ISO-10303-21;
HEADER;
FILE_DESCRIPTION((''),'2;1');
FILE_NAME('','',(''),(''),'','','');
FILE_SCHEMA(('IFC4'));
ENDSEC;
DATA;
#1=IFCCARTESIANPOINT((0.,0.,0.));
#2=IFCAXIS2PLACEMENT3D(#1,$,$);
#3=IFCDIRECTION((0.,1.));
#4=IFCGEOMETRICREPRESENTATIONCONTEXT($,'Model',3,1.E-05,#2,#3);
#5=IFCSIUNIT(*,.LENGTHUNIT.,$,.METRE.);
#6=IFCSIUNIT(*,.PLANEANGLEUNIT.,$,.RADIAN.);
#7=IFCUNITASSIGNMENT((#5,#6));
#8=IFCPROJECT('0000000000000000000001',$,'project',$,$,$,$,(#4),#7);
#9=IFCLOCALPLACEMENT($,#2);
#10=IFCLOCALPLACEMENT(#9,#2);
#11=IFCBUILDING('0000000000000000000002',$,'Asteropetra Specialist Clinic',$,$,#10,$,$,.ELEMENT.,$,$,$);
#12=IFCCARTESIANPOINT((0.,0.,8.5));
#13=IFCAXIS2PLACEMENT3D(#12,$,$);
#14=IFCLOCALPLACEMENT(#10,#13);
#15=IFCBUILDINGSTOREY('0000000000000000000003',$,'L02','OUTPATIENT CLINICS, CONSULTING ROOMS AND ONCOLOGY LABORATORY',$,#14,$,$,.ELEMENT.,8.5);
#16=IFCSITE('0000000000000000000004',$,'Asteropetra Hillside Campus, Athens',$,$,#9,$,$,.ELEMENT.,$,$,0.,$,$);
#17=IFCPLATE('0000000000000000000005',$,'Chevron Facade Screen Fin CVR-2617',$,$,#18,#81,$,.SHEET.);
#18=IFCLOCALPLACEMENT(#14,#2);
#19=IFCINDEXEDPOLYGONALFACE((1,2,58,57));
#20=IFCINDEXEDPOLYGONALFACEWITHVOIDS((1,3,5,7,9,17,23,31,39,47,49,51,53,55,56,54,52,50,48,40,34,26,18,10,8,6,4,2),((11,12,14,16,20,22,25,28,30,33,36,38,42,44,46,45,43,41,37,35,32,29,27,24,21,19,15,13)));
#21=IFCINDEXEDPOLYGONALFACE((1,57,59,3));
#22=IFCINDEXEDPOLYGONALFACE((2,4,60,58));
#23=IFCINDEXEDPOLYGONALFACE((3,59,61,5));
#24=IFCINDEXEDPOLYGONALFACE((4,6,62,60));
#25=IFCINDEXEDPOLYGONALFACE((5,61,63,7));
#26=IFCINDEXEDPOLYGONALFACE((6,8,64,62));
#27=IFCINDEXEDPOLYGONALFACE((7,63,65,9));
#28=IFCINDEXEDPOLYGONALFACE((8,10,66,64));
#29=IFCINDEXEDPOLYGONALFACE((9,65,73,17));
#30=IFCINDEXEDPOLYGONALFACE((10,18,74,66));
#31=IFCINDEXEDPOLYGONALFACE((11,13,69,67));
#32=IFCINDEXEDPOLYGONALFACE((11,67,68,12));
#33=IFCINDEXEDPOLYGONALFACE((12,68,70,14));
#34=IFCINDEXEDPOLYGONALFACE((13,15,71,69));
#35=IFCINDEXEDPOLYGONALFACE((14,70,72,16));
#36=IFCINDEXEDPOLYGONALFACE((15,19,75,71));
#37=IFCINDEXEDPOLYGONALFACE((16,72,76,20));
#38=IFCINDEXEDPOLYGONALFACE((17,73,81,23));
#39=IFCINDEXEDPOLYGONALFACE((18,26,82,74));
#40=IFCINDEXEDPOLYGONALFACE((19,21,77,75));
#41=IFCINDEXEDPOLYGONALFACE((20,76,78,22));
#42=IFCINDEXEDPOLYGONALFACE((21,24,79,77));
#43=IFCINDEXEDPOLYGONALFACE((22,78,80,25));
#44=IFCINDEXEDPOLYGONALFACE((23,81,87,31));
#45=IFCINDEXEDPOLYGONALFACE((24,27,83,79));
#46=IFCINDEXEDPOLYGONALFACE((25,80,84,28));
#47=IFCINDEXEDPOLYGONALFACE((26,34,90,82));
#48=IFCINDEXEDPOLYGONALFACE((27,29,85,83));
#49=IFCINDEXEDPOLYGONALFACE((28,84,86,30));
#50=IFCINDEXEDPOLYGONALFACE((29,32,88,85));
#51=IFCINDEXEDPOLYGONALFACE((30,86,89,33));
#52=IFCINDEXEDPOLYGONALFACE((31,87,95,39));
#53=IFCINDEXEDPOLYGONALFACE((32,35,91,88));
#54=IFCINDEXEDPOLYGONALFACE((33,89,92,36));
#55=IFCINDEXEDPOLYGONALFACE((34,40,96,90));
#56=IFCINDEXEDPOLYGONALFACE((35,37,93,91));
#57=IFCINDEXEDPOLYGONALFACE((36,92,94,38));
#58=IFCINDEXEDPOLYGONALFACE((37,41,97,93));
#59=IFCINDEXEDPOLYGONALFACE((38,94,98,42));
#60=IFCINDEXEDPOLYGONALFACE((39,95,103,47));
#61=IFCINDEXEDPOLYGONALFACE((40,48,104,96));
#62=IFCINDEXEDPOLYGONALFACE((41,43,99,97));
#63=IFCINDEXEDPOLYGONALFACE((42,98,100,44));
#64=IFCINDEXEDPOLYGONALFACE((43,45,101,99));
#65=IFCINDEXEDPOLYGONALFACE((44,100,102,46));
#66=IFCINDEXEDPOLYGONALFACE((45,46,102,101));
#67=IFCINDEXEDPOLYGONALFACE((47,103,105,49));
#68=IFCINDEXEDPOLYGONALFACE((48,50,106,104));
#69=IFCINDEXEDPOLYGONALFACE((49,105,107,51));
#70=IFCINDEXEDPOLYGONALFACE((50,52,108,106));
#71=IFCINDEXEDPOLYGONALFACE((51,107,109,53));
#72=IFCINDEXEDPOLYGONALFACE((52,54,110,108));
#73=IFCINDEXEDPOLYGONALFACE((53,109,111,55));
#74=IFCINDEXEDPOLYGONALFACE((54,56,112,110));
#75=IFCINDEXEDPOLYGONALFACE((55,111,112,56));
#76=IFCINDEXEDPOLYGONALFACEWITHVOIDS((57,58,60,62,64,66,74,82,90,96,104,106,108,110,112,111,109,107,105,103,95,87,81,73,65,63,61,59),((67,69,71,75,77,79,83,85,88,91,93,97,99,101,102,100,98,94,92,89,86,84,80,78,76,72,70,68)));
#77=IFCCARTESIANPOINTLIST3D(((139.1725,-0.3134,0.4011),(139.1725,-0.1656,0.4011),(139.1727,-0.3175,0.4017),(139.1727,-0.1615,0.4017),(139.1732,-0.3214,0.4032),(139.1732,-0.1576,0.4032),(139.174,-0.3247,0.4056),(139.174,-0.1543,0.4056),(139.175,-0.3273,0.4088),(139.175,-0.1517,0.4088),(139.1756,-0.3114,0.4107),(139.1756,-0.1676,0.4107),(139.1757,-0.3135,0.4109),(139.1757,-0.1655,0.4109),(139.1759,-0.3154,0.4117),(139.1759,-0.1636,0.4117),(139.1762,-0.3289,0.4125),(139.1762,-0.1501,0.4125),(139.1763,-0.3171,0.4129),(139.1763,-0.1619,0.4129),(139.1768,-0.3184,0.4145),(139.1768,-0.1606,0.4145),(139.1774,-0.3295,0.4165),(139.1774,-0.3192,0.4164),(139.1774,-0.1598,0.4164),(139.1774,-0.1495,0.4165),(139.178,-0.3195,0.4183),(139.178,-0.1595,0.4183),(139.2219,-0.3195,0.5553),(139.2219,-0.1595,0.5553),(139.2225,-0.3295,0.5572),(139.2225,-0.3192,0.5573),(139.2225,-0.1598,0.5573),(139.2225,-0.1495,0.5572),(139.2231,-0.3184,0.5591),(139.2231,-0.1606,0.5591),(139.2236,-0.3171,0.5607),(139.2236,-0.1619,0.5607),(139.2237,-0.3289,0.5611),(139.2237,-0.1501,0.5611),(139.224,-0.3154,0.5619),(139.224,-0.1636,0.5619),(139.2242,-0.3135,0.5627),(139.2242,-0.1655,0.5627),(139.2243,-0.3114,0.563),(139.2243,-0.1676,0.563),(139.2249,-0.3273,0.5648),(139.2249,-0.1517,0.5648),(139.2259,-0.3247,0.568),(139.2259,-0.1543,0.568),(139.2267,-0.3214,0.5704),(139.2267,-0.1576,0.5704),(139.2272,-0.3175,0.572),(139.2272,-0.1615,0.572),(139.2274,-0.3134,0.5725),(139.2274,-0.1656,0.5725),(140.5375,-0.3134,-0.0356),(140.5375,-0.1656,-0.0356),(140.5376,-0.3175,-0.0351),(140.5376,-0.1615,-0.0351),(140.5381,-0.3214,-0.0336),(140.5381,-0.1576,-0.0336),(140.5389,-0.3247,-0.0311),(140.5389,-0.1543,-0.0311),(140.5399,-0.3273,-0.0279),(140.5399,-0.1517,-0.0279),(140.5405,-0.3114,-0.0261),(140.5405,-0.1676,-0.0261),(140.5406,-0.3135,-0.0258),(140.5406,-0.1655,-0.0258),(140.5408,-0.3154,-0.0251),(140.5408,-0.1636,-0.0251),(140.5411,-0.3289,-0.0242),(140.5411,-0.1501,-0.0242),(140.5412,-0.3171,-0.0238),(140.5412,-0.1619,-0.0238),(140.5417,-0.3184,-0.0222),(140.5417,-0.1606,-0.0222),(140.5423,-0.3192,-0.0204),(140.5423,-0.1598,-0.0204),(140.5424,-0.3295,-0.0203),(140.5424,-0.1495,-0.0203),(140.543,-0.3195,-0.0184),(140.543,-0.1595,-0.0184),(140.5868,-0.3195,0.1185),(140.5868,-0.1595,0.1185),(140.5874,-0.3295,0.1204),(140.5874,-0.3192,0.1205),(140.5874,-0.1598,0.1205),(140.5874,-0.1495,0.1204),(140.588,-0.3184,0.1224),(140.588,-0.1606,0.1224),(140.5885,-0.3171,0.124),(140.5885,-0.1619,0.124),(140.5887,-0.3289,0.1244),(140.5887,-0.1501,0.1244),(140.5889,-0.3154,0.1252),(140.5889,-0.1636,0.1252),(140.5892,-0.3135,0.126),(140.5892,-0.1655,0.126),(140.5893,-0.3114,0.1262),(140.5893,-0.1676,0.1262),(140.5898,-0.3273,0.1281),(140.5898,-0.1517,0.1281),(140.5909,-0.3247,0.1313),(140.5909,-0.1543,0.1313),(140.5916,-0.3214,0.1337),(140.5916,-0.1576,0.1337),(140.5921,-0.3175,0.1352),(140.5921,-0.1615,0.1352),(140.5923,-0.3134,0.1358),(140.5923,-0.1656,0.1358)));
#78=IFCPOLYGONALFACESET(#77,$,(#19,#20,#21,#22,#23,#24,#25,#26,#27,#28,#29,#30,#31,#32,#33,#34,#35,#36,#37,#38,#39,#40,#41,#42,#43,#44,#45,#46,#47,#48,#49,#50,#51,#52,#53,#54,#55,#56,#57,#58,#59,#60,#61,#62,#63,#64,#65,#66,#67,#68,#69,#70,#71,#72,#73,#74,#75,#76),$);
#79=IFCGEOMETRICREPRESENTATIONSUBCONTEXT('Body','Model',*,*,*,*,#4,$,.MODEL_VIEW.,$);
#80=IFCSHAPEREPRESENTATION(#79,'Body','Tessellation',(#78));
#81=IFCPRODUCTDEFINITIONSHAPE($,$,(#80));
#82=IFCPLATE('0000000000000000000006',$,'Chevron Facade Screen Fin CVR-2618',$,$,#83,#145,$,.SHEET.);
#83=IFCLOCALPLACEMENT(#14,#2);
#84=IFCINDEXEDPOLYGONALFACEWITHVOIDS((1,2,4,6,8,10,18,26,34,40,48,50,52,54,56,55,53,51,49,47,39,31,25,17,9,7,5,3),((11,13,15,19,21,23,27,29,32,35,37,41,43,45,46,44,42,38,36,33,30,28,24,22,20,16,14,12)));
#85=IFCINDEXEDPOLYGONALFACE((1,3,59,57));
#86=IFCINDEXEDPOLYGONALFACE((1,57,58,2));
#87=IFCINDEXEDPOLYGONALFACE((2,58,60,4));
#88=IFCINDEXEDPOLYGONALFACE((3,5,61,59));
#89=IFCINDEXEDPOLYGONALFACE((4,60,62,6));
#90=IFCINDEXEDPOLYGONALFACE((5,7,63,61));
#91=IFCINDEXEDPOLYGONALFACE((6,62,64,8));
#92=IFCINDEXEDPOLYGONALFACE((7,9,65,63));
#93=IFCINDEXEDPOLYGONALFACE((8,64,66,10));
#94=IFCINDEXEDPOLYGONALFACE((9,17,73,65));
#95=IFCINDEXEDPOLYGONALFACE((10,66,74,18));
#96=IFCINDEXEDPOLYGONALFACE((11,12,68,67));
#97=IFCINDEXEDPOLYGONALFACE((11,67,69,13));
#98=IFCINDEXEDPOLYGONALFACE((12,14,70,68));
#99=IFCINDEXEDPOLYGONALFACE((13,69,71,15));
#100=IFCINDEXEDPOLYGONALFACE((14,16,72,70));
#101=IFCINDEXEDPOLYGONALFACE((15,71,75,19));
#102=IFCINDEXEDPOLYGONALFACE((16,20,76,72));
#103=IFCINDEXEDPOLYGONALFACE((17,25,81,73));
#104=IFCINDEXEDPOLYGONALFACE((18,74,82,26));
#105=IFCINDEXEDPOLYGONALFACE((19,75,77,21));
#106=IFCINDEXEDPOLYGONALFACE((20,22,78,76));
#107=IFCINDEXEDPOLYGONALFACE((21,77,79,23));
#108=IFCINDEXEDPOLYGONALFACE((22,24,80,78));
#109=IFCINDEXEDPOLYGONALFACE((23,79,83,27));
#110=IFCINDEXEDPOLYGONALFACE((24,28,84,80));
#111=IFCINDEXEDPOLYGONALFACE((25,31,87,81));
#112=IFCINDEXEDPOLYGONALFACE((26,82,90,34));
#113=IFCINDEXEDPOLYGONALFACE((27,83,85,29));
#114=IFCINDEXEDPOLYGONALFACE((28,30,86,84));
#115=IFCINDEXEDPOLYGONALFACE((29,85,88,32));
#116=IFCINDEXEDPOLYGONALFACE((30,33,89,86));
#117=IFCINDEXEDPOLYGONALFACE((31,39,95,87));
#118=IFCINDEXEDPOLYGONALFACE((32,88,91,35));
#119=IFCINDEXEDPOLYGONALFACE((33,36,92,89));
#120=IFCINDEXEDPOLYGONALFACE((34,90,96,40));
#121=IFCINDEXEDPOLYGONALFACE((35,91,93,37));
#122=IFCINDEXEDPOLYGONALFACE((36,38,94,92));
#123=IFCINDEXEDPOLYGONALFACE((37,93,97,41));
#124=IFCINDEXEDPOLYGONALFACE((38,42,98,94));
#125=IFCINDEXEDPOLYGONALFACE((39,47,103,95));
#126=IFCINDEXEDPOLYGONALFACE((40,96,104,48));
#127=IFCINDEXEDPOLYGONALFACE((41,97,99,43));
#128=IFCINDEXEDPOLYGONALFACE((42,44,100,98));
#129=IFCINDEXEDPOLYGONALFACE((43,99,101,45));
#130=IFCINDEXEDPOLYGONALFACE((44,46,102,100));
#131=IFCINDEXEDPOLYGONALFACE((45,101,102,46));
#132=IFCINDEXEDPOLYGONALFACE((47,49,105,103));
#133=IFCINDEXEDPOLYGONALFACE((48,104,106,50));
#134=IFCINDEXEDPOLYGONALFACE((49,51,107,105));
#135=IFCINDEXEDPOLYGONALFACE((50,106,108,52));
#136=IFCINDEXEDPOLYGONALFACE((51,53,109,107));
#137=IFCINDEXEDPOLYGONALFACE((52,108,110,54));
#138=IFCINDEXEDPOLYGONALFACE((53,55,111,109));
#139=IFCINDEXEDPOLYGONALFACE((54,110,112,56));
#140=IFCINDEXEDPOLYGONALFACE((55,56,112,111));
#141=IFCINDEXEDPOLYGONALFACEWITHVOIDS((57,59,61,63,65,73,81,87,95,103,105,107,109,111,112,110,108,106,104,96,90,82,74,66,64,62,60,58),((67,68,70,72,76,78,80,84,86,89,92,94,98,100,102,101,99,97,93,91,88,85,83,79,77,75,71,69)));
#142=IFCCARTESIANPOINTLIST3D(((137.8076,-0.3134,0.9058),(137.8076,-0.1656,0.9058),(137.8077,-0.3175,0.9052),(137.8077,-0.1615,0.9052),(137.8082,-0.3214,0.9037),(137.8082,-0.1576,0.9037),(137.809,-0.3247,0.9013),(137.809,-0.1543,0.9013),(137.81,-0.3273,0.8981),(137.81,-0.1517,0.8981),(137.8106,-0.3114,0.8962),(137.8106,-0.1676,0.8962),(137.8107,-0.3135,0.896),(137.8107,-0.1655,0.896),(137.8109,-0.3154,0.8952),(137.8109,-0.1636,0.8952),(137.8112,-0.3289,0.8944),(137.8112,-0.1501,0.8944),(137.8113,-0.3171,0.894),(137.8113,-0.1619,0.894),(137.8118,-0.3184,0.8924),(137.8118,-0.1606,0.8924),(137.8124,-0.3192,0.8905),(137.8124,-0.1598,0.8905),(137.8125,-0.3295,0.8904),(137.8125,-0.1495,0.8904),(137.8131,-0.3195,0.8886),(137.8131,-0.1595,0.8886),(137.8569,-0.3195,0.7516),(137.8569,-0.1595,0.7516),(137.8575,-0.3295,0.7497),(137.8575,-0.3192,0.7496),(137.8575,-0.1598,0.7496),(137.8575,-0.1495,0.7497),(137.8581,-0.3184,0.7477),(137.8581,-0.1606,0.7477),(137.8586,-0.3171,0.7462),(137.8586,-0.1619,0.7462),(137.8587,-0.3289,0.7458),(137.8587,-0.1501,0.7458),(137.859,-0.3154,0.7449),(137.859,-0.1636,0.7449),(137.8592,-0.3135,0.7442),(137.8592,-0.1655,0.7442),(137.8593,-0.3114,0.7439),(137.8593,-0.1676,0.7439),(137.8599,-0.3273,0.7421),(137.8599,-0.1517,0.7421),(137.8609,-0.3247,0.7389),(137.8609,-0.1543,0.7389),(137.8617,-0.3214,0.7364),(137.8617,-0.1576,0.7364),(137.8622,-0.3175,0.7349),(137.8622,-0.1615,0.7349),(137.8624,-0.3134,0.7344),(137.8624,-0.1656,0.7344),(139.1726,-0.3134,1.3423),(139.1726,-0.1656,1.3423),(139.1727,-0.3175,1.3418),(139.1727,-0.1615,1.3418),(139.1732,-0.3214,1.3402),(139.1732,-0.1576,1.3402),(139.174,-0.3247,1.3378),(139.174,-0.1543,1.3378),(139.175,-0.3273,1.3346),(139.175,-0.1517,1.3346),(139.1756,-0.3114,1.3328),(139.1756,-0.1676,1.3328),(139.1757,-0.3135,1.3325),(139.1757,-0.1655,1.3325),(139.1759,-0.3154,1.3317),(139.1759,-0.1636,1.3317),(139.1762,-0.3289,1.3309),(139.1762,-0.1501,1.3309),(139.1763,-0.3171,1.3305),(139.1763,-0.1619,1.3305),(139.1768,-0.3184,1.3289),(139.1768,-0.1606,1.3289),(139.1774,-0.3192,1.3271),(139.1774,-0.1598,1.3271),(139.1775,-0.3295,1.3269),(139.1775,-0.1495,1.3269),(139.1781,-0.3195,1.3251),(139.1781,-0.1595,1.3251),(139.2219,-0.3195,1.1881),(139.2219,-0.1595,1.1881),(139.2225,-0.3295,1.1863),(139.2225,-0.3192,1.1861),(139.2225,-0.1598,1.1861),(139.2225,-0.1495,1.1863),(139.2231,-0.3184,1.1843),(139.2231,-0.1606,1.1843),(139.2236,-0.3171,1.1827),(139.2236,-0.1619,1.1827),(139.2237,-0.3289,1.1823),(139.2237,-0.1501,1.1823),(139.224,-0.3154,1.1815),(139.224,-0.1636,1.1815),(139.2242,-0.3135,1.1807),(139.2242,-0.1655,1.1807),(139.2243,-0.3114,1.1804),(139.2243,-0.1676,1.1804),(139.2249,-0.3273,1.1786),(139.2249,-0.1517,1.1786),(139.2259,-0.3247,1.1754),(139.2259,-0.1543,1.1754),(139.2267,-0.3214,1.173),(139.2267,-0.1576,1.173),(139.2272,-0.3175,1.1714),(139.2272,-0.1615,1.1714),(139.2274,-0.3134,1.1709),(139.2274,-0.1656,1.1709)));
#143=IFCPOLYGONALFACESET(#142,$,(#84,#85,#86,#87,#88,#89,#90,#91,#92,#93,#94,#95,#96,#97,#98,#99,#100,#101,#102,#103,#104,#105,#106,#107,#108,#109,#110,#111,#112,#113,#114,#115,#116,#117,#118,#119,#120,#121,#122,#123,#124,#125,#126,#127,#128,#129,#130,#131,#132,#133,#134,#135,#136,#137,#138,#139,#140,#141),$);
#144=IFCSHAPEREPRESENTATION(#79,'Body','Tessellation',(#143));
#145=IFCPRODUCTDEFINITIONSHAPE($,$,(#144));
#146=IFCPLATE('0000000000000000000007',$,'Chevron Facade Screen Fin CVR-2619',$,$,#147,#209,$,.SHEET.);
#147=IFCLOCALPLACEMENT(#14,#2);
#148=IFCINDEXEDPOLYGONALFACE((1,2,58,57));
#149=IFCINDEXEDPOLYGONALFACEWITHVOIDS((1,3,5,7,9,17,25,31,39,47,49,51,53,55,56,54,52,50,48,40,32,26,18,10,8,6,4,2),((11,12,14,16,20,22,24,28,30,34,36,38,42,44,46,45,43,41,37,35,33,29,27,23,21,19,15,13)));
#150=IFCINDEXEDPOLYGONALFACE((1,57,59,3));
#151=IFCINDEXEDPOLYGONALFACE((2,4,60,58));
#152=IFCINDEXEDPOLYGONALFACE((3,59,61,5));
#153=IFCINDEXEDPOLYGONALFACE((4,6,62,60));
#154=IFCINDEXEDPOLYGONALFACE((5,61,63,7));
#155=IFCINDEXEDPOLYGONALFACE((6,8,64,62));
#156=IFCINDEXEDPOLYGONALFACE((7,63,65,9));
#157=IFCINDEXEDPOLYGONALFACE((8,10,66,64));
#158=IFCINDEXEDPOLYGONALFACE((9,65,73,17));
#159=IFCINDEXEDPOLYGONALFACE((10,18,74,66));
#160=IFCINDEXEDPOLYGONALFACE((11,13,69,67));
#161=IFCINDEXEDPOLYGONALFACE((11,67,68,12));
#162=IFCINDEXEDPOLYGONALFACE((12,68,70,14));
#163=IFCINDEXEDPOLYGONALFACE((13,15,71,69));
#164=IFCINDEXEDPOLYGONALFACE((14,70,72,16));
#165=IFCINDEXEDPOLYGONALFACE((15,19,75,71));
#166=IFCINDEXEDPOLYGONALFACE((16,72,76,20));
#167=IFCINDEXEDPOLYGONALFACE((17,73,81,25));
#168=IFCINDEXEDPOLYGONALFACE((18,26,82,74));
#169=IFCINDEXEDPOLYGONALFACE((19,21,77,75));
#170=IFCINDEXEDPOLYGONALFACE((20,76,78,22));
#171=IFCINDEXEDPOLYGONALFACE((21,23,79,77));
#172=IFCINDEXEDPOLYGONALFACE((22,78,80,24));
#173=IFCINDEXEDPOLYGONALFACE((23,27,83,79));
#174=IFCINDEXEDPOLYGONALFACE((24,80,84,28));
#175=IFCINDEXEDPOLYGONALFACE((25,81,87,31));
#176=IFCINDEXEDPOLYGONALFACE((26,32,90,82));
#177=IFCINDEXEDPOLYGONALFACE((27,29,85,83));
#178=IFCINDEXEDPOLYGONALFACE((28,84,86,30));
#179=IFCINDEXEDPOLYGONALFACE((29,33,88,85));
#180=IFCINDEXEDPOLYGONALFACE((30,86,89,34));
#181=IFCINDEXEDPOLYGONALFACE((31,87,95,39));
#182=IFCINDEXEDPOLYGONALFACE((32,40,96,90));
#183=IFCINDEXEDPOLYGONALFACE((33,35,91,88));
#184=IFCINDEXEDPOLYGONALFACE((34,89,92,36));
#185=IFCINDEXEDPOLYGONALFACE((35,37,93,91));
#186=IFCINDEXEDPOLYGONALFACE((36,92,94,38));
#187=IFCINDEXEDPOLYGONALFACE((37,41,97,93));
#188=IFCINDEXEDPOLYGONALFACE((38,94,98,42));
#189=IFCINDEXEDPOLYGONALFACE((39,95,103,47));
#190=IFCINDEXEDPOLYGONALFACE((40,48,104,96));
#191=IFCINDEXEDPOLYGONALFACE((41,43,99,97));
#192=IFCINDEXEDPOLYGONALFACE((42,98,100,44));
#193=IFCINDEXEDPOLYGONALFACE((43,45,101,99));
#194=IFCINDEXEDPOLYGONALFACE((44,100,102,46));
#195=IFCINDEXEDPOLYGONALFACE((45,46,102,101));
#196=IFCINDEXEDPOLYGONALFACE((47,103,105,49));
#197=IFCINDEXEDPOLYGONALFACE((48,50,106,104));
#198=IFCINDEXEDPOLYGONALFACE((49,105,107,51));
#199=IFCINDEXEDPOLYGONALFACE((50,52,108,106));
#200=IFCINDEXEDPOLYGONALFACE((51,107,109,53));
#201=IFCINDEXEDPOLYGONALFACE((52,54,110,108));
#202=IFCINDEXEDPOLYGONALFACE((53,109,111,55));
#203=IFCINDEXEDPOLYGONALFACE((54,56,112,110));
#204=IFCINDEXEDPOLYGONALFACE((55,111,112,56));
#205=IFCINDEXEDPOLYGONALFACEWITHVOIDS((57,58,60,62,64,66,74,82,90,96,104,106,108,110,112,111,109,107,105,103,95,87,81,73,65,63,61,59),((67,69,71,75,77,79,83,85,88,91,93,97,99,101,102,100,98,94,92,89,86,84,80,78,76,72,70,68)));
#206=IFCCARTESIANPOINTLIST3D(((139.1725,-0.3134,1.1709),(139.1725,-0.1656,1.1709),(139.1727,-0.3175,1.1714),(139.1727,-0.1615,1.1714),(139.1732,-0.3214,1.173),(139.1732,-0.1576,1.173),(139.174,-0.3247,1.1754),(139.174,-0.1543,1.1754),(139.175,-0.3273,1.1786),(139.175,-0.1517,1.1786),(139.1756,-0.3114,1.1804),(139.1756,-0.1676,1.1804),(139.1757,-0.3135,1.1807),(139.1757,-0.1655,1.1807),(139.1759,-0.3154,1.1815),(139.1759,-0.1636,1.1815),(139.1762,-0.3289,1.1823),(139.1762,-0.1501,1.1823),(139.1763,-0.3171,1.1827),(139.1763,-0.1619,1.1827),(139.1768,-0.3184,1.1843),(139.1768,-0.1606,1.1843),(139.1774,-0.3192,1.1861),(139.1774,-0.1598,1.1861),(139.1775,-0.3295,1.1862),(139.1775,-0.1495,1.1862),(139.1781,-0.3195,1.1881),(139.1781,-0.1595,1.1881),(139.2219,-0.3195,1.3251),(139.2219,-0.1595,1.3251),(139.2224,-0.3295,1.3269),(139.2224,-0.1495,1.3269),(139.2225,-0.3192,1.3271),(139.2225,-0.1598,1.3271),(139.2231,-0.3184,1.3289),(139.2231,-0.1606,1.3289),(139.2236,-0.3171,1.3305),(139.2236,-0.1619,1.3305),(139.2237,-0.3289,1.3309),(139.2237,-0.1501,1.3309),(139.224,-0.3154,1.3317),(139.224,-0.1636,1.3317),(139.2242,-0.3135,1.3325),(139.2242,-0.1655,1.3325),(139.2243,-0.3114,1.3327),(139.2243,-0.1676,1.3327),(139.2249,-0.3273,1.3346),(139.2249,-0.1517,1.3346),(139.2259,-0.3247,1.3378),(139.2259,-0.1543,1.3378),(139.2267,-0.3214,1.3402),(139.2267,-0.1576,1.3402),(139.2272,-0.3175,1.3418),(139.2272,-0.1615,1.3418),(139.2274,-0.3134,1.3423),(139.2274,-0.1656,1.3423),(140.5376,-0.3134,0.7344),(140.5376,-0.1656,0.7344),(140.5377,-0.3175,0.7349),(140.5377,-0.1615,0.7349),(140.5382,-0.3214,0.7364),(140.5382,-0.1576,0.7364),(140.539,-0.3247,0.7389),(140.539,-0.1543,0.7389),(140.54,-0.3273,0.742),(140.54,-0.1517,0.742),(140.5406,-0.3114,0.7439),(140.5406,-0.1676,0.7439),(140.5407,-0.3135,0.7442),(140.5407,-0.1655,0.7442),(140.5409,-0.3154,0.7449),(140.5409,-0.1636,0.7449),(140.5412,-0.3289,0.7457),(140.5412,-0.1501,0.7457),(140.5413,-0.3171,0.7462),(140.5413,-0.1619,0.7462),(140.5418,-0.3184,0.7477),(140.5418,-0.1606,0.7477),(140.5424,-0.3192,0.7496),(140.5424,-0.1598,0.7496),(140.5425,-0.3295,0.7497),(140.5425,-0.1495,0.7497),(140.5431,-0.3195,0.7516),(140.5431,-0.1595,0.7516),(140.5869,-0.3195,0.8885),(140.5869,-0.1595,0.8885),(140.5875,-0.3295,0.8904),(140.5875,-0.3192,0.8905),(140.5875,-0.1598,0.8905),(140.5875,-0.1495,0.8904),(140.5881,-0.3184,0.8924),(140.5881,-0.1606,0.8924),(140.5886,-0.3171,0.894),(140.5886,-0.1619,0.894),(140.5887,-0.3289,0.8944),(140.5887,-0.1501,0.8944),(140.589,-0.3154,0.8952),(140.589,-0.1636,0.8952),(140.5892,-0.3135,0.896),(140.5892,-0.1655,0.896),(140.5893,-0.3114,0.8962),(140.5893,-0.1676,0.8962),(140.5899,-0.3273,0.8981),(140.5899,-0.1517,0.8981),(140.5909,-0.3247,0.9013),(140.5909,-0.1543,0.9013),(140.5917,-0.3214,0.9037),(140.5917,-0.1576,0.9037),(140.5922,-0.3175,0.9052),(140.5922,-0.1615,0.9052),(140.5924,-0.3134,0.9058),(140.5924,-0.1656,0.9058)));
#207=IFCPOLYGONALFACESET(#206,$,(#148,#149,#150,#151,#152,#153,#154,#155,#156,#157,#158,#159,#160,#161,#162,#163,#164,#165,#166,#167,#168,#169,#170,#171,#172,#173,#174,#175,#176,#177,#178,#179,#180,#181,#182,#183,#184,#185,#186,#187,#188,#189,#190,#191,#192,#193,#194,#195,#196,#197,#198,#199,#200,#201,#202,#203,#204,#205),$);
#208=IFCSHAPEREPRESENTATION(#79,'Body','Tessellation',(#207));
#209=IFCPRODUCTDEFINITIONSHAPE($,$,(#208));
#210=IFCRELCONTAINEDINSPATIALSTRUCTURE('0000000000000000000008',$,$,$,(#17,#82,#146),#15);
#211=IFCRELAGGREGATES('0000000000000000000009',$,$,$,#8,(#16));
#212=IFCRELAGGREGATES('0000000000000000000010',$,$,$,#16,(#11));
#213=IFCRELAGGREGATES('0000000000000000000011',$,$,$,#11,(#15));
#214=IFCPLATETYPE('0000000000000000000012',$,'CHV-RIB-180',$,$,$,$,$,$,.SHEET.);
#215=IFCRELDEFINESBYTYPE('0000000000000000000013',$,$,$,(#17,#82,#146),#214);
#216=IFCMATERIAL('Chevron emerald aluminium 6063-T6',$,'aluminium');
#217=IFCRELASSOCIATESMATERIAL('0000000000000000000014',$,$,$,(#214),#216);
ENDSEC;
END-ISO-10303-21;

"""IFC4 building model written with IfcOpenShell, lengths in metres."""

from ifc_helpers import new_model, si_unit, direction, frame, origin, origin_2d, place, context, subcontext, project, spatial, hollow_rectangle, extrude, material, material_profile, profile_set, type_object, element, save


model = new_model("IFC4")

# Units and contexts
model_context = context("Model", 3, precision=1e-05, world=origin(), true_north=direction((0.0, 1.0)))
body_context = subcontext(model_context, "Body", "Model", "MODEL_VIEW")
ifc_project = project(units=[si_unit("LENGTHUNIT", "METRE"), si_unit("PLANEANGLEUNIT", "RADIAN")], contexts=[model_context])

# Site, building, storey
site_placement = place(None, origin())
site = spatial("IfcSite", under=ifc_project, at=site_placement, Name="Asteropetra Hillside Campus, Athens", CompositionType="ELEMENT", RefElevation=0.0)
building_placement = place(site_placement, origin())
building = spatial("IfcBuilding", under=site, at=building_placement, Name="Asteropetra Specialist Clinic", CompositionType="ELEMENT")
storey_placement = place(building_placement, frame((0.0, 0.0, 8.5)))
storey = spatial("IfcBuildingStorey", under=building, at=storey_placement, Name="L02", Description="OUTPATIENT CLINICS, CONSULTING ROOMS AND ONCOLOGY LABORATORY", CompositionType="ELEMENT", Elevation=8.5)

# Plates
ifc_material_1 = material(Name="Chevron emerald aluminium 6063-T6", Category="aluminium")
ifc_material_profile = material_profile(ifc_material_1, hollow_rectangle(XDim=0.1799, YDim=0.1799, WallThickness=0.01, InnerFilletRadius=0.0081, OuterFilletRadius=0.0161, at=origin_2d()), Name="SHS 180x180x10.0")
ifc_profile_set = profile_set([ifc_material_profile], Name="Chevron emerald aluminium 6063-T6")
plate_type = type_object("IfcPlateType", Name="CHV-RIB-180", PredefinedType="SHEET", material=ifc_profile_set)
for number, where, z_axis, x_axis, name in (
    (1, (139.2, -0.2395, 0.4868), (0.95243, 0.0, -0.304757), (0.0, 1.0, 0.0), "Chevron Facade Screen Fin CVR-2617"),
    (2, (137.835, -0.2395, 0.8201), (0.95248, 0.0, 0.304603), (0.0, 1.0, 0.0), "Chevron Facade Screen Fin CVR-2618"),
    (3, (139.2, -0.2395, 1.2566), (0.95248, 0.0, -0.304603), (0.0, 1.0, 0.0), "Chevron Facade Screen Fin CVR-2619"),
):
    element("IfcPlate", number, at=place(storey_placement, frame(where, z_axis=z_axis, x_axis=x_axis)), inside=storey, type_object=plate_type, Name=name, PredefinedType="SHEET", context=body_context, shape_type="SweptSolid", body=[
        extrude(hollow_rectangle(XDim=0.1799, YDim=0.1799, WallThickness=0.01, InnerFilletRadius=0.0081, OuterFilletRadius=0.0161, at=origin_2d()), origin(), (0.0, 0.0, 1.0), 1.4331),
    ])

save(model, "model.ifc")
